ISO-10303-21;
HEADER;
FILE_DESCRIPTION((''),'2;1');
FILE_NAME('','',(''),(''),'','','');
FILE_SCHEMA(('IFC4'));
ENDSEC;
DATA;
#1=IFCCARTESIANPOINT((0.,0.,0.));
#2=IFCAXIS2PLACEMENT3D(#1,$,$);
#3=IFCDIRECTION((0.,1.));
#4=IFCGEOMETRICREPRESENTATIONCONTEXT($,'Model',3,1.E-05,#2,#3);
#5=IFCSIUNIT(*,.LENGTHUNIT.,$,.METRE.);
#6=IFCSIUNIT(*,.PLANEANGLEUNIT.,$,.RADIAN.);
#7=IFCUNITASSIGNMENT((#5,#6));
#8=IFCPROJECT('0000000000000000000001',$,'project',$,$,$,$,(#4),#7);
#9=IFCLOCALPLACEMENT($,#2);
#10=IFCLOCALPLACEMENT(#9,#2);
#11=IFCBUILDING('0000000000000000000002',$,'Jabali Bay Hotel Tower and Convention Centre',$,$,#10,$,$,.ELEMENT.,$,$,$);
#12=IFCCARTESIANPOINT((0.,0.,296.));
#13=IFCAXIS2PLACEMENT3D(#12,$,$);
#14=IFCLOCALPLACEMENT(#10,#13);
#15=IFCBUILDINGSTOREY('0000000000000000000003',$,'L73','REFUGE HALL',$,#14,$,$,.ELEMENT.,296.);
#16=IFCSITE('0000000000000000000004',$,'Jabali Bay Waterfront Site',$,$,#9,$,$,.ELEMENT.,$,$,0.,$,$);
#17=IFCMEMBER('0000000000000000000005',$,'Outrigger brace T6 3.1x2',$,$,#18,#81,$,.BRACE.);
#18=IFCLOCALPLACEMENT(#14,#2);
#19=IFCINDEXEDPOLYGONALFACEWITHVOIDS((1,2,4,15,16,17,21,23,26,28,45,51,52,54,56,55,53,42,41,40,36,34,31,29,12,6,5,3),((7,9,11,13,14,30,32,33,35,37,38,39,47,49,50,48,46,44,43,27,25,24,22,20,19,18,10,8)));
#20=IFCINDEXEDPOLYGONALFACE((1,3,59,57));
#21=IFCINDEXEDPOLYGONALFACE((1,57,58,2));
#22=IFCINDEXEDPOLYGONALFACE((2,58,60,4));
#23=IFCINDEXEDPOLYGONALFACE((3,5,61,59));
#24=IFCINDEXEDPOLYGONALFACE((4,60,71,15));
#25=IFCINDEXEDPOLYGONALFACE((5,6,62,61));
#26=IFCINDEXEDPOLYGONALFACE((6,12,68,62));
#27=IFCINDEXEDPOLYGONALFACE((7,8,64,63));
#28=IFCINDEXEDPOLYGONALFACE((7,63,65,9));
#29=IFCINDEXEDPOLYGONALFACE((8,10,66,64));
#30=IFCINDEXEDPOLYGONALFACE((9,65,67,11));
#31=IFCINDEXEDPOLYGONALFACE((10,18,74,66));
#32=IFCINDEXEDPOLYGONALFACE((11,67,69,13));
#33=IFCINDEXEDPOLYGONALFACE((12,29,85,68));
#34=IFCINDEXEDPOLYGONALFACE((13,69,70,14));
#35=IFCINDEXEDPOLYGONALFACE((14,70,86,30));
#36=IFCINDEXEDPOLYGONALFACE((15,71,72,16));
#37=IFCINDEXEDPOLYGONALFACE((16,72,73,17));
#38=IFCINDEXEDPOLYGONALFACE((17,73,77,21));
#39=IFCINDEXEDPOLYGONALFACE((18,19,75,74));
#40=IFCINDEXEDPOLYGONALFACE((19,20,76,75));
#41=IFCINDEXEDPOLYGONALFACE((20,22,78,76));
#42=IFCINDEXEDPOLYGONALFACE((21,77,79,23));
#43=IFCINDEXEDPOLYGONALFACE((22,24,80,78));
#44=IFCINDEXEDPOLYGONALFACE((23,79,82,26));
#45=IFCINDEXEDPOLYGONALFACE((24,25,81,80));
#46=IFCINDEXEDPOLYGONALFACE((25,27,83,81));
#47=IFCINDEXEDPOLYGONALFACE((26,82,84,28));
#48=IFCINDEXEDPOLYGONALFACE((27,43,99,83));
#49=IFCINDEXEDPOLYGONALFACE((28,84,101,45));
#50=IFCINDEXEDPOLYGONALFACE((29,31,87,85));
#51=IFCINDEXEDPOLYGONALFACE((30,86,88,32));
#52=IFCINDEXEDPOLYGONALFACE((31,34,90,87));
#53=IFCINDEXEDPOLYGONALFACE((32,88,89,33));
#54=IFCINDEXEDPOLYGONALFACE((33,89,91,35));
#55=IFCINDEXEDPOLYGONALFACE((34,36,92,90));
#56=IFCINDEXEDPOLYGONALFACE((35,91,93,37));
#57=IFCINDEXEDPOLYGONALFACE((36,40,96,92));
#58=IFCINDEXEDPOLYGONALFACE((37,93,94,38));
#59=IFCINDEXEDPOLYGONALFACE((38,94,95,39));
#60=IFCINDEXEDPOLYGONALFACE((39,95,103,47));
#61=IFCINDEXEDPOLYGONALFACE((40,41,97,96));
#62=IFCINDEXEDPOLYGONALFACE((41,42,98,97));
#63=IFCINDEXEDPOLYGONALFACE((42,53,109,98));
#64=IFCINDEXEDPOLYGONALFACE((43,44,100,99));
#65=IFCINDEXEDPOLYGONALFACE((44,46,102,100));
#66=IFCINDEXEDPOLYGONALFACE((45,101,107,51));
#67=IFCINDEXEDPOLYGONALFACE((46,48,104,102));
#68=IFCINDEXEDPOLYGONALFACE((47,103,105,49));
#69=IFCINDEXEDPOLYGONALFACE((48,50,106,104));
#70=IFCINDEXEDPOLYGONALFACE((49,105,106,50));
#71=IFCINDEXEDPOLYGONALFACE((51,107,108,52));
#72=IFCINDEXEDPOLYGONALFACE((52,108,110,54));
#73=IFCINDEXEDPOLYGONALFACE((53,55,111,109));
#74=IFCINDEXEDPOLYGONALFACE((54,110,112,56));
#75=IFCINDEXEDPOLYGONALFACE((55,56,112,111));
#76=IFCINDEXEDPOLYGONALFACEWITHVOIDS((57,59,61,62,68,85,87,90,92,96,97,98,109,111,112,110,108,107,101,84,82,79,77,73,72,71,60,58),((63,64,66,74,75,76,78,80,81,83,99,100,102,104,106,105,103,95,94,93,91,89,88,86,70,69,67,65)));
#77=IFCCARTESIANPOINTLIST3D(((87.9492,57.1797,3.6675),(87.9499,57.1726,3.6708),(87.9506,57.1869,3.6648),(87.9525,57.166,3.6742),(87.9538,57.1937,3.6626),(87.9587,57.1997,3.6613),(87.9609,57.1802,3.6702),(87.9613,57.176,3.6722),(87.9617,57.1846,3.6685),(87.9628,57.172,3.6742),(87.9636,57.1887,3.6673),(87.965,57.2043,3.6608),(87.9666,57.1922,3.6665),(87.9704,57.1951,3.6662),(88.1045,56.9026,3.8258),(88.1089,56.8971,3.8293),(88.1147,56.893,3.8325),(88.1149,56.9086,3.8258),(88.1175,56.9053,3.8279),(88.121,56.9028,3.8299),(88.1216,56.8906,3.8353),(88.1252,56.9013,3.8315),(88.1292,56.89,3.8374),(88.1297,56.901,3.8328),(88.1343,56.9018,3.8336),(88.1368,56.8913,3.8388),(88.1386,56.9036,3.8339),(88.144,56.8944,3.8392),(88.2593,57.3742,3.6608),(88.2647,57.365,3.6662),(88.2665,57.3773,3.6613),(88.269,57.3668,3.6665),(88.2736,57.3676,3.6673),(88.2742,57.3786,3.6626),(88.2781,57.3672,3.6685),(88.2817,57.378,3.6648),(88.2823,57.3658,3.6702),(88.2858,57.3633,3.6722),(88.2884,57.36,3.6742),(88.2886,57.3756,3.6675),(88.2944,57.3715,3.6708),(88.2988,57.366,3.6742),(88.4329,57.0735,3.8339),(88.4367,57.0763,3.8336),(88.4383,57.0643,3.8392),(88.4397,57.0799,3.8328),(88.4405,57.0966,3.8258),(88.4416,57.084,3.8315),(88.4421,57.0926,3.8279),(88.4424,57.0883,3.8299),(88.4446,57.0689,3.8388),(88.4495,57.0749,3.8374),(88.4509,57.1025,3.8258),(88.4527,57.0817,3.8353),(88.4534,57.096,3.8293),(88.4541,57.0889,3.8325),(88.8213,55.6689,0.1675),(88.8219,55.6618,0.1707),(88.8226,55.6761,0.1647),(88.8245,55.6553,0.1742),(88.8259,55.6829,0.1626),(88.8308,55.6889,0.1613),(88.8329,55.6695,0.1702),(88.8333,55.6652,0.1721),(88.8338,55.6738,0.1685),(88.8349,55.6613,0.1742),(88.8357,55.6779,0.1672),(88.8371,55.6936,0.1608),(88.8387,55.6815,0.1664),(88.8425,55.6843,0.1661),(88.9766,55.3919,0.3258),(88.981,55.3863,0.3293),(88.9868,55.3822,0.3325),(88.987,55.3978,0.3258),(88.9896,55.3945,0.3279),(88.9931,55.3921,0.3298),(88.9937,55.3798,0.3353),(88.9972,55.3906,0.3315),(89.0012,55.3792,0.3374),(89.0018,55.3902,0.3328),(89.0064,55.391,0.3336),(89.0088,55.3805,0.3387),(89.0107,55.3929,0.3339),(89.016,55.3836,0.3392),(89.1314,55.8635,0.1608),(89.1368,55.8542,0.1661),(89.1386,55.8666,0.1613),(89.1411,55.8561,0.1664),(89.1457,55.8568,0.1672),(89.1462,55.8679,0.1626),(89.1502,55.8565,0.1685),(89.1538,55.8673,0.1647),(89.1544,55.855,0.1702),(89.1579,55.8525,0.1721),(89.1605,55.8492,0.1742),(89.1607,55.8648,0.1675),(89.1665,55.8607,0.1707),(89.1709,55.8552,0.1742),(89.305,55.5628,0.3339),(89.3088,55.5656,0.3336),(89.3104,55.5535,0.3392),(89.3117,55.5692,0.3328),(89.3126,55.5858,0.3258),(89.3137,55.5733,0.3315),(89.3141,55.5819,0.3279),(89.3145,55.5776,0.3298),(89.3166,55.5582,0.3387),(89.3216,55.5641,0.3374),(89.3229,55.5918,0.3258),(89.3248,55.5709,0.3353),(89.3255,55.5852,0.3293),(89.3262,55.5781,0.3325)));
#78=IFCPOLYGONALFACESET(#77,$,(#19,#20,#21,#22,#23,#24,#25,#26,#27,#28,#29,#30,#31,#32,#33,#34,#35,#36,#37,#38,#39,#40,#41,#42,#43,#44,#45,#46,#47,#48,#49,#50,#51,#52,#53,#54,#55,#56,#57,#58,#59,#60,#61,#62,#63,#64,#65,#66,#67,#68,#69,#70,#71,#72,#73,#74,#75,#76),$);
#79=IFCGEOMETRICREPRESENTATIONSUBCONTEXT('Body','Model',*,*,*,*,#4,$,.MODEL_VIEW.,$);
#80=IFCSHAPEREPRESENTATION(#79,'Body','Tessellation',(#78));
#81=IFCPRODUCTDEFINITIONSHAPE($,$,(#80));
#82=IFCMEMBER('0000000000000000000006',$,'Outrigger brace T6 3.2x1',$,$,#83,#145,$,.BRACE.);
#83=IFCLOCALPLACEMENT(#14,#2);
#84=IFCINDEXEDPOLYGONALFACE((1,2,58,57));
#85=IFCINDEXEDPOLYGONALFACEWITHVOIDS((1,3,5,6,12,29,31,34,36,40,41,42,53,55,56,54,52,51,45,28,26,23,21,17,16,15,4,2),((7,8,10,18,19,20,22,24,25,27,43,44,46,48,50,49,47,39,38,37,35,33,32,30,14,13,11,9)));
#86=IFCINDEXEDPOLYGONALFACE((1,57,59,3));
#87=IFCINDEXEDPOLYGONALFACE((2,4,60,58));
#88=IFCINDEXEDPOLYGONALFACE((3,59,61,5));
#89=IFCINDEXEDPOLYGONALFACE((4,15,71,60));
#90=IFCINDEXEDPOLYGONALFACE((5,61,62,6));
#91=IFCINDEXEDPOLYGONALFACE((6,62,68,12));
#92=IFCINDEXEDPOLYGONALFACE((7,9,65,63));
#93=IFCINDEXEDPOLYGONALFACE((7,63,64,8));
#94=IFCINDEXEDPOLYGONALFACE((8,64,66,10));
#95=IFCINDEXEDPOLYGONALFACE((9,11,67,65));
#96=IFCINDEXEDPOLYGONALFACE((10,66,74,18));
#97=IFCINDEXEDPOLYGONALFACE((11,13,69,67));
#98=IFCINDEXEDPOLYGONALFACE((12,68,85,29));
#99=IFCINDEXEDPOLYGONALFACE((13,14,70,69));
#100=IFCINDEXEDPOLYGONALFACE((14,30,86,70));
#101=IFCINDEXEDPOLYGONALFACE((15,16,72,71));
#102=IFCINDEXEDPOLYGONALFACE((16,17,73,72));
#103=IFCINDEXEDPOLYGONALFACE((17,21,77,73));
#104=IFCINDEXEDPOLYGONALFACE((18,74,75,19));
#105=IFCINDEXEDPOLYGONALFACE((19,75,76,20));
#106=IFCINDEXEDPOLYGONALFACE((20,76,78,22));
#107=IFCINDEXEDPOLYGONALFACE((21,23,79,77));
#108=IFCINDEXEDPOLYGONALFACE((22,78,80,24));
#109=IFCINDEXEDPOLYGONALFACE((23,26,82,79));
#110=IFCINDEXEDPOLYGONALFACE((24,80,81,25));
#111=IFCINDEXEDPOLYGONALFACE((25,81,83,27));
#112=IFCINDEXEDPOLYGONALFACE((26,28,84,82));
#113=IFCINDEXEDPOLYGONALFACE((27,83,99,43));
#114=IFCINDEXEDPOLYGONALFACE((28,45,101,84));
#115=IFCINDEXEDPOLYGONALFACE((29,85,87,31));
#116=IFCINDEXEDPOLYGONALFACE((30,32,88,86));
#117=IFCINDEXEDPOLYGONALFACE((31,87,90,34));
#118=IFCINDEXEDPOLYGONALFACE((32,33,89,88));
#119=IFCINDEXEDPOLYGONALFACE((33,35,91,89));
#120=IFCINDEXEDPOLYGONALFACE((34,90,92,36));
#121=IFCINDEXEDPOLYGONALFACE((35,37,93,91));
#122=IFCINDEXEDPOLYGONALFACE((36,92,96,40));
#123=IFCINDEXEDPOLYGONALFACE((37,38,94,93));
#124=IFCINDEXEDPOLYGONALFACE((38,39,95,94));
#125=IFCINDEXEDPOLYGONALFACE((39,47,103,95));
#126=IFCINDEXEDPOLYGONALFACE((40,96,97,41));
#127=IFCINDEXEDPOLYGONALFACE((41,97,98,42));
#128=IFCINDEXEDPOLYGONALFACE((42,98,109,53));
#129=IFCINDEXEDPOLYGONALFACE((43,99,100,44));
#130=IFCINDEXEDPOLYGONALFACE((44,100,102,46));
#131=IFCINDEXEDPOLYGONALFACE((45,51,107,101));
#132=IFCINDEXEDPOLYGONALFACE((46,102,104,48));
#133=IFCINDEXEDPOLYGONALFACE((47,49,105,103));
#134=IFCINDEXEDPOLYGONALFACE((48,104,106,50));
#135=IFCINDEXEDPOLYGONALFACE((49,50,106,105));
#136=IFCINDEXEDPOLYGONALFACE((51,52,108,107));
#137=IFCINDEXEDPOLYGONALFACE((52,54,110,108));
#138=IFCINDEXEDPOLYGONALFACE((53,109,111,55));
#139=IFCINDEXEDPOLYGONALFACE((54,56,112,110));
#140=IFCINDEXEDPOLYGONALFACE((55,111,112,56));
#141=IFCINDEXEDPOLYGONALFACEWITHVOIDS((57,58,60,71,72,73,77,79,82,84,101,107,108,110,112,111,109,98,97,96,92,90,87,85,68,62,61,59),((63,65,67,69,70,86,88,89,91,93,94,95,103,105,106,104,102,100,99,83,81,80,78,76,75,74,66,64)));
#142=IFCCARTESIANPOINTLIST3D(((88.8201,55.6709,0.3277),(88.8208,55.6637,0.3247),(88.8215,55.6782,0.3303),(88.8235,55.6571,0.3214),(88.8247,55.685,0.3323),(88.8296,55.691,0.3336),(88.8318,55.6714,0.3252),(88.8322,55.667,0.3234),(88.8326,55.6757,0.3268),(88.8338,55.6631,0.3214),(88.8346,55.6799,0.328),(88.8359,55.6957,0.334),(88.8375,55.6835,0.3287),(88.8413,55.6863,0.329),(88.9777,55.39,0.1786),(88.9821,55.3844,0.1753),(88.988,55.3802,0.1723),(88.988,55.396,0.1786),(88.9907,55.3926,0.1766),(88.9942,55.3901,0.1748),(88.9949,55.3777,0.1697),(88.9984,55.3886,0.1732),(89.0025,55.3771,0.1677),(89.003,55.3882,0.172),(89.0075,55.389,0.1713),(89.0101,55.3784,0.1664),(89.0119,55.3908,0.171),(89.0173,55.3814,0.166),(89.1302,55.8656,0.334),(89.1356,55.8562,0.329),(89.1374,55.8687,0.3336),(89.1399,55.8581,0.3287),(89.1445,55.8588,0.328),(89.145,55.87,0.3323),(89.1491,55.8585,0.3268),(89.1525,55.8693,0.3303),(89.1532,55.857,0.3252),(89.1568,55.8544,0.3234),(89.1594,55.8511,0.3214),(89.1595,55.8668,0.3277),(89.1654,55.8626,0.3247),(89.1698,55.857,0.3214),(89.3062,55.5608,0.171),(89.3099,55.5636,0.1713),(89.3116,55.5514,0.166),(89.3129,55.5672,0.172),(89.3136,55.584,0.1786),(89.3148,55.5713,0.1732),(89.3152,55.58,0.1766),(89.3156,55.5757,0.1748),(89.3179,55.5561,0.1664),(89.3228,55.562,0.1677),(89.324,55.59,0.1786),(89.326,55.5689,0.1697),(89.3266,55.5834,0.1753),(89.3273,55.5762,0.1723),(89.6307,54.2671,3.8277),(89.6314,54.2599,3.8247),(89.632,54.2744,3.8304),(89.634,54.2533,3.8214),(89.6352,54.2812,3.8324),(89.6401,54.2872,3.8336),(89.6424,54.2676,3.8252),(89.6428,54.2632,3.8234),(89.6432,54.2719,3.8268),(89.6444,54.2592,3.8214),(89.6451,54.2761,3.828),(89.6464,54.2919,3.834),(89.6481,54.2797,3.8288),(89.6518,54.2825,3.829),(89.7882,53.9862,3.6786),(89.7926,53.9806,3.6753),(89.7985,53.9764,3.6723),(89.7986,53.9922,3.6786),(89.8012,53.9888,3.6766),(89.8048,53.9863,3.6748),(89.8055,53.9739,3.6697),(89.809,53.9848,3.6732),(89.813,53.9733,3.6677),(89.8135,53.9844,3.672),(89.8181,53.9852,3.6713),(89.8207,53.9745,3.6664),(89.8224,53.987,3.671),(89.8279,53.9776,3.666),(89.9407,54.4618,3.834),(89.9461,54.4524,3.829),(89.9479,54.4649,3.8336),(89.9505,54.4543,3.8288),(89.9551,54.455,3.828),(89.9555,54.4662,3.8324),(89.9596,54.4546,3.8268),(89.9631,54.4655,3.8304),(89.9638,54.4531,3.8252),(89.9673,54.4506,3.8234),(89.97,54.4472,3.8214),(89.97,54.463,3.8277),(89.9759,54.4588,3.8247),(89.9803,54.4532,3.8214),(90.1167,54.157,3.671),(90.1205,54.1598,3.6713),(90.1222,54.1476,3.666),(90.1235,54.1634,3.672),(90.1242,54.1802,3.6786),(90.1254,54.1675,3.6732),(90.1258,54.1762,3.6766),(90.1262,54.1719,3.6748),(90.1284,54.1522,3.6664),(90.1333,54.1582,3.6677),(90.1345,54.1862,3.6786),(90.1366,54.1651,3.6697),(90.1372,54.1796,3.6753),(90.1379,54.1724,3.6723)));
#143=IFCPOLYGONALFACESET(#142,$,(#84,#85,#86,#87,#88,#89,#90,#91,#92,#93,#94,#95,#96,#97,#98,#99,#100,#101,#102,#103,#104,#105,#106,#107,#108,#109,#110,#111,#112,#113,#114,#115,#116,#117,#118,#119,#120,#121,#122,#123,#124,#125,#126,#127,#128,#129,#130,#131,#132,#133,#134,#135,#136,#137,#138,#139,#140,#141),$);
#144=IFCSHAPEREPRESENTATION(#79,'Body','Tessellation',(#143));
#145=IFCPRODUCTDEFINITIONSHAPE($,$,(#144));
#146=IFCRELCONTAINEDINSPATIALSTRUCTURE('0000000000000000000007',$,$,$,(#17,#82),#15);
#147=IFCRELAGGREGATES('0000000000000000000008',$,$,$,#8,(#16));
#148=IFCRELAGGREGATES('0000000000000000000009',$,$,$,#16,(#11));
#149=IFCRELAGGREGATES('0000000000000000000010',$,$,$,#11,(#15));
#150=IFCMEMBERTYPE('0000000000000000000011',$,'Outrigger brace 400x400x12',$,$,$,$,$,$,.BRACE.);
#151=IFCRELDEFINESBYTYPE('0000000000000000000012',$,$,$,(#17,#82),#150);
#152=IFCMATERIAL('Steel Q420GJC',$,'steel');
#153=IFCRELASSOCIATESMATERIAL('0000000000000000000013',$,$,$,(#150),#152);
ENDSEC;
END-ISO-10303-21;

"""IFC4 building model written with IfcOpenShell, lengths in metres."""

from ifc_helpers import new_model, si_unit, direction, frame, origin, origin_2d, place, context, subcontext, project, spatial, hollow_rectangle, extrude, material, material_profile, profile_set, type_object, element, save


model = new_model("IFC4")

# Units and contexts
model_context = context("Model", 3, precision=1e-05, world=origin(), true_north=direction((0.0, 1.0)))
body_context = subcontext(model_context, "Body", "Model", "MODEL_VIEW")
ifc_project = project(units=[si_unit("LENGTHUNIT", "METRE"), si_unit("PLANEANGLEUNIT", "RADIAN")], contexts=[model_context])

# Site, building, storey
site_placement = place(None, origin())
site = spatial("IfcSite", under=ifc_project, at=site_placement, Name="Jabali Bay Waterfront Site", CompositionType="ELEMENT", RefElevation=0.0)
building_placement = place(site_placement, origin())
building = spatial("IfcBuilding", under=site, at=building_placement, Name="Jabali Bay Hotel Tower and Convention Centre", CompositionType="ELEMENT")
storey_placement = place(building_placement, frame((0.0, 0.0, 296.0)))
storey = spatial("IfcBuildingStorey", under=building, at=storey_placement, Name="L73", Description="REFUGE HALL", CompositionType="ELEMENT", Elevation=296.0)

# Members
ifc_material_1 = material(Name="Steel Q420GJC", Category="steel")
ifc_material_profile_1 = material_profile(ifc_material_1, hollow_rectangle(XDim=0.3999, YDim=0.3999, WallThickness=0.012, InnerFilletRadius=0.0181, OuterFilletRadius=0.03, at=origin_2d()), Name="Outrigger brace 400x400x12")
ifc_profile_set_1 = profile_set([ifc_material_profile_1], Name="Steel Q420GJC")
member_type_1 = type_object("IfcMemberType", Name="Outrigger brace 400x400x12", PredefinedType="BRACE", material=ifc_profile_set_1)
member_1_placement = place(storey_placement, frame((89.0737, 55.6235, 0.25), z_axis=(-0.223001, 0.386319, 0.895002), x_axis=(-0.866064, -0.499932, 0.0)))
element("IfcMember", 1, at=member_1_placement, inside=storey, type_object=member_type_1, Name="Outrigger brace T6 3.1x2", PredefinedType="BRACE", context=body_context, shape_type="SweptSolid", body=[
    extrude(hollow_rectangle(XDim=0.3999, YDim=0.3999, WallThickness=0.012, InnerFilletRadius=0.0181, OuterFilletRadius=0.03, at=origin_2d()), origin(), (0.0, 0.0, 1.0), 3.9106),
])
member_2_placement = place(storey_placement, frame((89.0737, 55.6235, 0.25), z_axis=(0.210141, -0.363949, 0.907404), x_axis=(0.86601, 0.500027, 0.0)))
element("IfcMember", 2, at=member_2_placement, inside=storey, type_object=member_type_1, Name="Outrigger brace T6 3.2x1", PredefinedType="BRACE", context=body_context, shape_type="SweptSolid", body=[
    extrude(hollow_rectangle(XDim=0.3999, YDim=0.3999, WallThickness=0.012, InnerFilletRadius=0.0181, OuterFilletRadius=0.03, at=origin_2d()), origin(), (0.0, 0.0, 1.0), 3.8572),
])

save(model, "model.ifc")
